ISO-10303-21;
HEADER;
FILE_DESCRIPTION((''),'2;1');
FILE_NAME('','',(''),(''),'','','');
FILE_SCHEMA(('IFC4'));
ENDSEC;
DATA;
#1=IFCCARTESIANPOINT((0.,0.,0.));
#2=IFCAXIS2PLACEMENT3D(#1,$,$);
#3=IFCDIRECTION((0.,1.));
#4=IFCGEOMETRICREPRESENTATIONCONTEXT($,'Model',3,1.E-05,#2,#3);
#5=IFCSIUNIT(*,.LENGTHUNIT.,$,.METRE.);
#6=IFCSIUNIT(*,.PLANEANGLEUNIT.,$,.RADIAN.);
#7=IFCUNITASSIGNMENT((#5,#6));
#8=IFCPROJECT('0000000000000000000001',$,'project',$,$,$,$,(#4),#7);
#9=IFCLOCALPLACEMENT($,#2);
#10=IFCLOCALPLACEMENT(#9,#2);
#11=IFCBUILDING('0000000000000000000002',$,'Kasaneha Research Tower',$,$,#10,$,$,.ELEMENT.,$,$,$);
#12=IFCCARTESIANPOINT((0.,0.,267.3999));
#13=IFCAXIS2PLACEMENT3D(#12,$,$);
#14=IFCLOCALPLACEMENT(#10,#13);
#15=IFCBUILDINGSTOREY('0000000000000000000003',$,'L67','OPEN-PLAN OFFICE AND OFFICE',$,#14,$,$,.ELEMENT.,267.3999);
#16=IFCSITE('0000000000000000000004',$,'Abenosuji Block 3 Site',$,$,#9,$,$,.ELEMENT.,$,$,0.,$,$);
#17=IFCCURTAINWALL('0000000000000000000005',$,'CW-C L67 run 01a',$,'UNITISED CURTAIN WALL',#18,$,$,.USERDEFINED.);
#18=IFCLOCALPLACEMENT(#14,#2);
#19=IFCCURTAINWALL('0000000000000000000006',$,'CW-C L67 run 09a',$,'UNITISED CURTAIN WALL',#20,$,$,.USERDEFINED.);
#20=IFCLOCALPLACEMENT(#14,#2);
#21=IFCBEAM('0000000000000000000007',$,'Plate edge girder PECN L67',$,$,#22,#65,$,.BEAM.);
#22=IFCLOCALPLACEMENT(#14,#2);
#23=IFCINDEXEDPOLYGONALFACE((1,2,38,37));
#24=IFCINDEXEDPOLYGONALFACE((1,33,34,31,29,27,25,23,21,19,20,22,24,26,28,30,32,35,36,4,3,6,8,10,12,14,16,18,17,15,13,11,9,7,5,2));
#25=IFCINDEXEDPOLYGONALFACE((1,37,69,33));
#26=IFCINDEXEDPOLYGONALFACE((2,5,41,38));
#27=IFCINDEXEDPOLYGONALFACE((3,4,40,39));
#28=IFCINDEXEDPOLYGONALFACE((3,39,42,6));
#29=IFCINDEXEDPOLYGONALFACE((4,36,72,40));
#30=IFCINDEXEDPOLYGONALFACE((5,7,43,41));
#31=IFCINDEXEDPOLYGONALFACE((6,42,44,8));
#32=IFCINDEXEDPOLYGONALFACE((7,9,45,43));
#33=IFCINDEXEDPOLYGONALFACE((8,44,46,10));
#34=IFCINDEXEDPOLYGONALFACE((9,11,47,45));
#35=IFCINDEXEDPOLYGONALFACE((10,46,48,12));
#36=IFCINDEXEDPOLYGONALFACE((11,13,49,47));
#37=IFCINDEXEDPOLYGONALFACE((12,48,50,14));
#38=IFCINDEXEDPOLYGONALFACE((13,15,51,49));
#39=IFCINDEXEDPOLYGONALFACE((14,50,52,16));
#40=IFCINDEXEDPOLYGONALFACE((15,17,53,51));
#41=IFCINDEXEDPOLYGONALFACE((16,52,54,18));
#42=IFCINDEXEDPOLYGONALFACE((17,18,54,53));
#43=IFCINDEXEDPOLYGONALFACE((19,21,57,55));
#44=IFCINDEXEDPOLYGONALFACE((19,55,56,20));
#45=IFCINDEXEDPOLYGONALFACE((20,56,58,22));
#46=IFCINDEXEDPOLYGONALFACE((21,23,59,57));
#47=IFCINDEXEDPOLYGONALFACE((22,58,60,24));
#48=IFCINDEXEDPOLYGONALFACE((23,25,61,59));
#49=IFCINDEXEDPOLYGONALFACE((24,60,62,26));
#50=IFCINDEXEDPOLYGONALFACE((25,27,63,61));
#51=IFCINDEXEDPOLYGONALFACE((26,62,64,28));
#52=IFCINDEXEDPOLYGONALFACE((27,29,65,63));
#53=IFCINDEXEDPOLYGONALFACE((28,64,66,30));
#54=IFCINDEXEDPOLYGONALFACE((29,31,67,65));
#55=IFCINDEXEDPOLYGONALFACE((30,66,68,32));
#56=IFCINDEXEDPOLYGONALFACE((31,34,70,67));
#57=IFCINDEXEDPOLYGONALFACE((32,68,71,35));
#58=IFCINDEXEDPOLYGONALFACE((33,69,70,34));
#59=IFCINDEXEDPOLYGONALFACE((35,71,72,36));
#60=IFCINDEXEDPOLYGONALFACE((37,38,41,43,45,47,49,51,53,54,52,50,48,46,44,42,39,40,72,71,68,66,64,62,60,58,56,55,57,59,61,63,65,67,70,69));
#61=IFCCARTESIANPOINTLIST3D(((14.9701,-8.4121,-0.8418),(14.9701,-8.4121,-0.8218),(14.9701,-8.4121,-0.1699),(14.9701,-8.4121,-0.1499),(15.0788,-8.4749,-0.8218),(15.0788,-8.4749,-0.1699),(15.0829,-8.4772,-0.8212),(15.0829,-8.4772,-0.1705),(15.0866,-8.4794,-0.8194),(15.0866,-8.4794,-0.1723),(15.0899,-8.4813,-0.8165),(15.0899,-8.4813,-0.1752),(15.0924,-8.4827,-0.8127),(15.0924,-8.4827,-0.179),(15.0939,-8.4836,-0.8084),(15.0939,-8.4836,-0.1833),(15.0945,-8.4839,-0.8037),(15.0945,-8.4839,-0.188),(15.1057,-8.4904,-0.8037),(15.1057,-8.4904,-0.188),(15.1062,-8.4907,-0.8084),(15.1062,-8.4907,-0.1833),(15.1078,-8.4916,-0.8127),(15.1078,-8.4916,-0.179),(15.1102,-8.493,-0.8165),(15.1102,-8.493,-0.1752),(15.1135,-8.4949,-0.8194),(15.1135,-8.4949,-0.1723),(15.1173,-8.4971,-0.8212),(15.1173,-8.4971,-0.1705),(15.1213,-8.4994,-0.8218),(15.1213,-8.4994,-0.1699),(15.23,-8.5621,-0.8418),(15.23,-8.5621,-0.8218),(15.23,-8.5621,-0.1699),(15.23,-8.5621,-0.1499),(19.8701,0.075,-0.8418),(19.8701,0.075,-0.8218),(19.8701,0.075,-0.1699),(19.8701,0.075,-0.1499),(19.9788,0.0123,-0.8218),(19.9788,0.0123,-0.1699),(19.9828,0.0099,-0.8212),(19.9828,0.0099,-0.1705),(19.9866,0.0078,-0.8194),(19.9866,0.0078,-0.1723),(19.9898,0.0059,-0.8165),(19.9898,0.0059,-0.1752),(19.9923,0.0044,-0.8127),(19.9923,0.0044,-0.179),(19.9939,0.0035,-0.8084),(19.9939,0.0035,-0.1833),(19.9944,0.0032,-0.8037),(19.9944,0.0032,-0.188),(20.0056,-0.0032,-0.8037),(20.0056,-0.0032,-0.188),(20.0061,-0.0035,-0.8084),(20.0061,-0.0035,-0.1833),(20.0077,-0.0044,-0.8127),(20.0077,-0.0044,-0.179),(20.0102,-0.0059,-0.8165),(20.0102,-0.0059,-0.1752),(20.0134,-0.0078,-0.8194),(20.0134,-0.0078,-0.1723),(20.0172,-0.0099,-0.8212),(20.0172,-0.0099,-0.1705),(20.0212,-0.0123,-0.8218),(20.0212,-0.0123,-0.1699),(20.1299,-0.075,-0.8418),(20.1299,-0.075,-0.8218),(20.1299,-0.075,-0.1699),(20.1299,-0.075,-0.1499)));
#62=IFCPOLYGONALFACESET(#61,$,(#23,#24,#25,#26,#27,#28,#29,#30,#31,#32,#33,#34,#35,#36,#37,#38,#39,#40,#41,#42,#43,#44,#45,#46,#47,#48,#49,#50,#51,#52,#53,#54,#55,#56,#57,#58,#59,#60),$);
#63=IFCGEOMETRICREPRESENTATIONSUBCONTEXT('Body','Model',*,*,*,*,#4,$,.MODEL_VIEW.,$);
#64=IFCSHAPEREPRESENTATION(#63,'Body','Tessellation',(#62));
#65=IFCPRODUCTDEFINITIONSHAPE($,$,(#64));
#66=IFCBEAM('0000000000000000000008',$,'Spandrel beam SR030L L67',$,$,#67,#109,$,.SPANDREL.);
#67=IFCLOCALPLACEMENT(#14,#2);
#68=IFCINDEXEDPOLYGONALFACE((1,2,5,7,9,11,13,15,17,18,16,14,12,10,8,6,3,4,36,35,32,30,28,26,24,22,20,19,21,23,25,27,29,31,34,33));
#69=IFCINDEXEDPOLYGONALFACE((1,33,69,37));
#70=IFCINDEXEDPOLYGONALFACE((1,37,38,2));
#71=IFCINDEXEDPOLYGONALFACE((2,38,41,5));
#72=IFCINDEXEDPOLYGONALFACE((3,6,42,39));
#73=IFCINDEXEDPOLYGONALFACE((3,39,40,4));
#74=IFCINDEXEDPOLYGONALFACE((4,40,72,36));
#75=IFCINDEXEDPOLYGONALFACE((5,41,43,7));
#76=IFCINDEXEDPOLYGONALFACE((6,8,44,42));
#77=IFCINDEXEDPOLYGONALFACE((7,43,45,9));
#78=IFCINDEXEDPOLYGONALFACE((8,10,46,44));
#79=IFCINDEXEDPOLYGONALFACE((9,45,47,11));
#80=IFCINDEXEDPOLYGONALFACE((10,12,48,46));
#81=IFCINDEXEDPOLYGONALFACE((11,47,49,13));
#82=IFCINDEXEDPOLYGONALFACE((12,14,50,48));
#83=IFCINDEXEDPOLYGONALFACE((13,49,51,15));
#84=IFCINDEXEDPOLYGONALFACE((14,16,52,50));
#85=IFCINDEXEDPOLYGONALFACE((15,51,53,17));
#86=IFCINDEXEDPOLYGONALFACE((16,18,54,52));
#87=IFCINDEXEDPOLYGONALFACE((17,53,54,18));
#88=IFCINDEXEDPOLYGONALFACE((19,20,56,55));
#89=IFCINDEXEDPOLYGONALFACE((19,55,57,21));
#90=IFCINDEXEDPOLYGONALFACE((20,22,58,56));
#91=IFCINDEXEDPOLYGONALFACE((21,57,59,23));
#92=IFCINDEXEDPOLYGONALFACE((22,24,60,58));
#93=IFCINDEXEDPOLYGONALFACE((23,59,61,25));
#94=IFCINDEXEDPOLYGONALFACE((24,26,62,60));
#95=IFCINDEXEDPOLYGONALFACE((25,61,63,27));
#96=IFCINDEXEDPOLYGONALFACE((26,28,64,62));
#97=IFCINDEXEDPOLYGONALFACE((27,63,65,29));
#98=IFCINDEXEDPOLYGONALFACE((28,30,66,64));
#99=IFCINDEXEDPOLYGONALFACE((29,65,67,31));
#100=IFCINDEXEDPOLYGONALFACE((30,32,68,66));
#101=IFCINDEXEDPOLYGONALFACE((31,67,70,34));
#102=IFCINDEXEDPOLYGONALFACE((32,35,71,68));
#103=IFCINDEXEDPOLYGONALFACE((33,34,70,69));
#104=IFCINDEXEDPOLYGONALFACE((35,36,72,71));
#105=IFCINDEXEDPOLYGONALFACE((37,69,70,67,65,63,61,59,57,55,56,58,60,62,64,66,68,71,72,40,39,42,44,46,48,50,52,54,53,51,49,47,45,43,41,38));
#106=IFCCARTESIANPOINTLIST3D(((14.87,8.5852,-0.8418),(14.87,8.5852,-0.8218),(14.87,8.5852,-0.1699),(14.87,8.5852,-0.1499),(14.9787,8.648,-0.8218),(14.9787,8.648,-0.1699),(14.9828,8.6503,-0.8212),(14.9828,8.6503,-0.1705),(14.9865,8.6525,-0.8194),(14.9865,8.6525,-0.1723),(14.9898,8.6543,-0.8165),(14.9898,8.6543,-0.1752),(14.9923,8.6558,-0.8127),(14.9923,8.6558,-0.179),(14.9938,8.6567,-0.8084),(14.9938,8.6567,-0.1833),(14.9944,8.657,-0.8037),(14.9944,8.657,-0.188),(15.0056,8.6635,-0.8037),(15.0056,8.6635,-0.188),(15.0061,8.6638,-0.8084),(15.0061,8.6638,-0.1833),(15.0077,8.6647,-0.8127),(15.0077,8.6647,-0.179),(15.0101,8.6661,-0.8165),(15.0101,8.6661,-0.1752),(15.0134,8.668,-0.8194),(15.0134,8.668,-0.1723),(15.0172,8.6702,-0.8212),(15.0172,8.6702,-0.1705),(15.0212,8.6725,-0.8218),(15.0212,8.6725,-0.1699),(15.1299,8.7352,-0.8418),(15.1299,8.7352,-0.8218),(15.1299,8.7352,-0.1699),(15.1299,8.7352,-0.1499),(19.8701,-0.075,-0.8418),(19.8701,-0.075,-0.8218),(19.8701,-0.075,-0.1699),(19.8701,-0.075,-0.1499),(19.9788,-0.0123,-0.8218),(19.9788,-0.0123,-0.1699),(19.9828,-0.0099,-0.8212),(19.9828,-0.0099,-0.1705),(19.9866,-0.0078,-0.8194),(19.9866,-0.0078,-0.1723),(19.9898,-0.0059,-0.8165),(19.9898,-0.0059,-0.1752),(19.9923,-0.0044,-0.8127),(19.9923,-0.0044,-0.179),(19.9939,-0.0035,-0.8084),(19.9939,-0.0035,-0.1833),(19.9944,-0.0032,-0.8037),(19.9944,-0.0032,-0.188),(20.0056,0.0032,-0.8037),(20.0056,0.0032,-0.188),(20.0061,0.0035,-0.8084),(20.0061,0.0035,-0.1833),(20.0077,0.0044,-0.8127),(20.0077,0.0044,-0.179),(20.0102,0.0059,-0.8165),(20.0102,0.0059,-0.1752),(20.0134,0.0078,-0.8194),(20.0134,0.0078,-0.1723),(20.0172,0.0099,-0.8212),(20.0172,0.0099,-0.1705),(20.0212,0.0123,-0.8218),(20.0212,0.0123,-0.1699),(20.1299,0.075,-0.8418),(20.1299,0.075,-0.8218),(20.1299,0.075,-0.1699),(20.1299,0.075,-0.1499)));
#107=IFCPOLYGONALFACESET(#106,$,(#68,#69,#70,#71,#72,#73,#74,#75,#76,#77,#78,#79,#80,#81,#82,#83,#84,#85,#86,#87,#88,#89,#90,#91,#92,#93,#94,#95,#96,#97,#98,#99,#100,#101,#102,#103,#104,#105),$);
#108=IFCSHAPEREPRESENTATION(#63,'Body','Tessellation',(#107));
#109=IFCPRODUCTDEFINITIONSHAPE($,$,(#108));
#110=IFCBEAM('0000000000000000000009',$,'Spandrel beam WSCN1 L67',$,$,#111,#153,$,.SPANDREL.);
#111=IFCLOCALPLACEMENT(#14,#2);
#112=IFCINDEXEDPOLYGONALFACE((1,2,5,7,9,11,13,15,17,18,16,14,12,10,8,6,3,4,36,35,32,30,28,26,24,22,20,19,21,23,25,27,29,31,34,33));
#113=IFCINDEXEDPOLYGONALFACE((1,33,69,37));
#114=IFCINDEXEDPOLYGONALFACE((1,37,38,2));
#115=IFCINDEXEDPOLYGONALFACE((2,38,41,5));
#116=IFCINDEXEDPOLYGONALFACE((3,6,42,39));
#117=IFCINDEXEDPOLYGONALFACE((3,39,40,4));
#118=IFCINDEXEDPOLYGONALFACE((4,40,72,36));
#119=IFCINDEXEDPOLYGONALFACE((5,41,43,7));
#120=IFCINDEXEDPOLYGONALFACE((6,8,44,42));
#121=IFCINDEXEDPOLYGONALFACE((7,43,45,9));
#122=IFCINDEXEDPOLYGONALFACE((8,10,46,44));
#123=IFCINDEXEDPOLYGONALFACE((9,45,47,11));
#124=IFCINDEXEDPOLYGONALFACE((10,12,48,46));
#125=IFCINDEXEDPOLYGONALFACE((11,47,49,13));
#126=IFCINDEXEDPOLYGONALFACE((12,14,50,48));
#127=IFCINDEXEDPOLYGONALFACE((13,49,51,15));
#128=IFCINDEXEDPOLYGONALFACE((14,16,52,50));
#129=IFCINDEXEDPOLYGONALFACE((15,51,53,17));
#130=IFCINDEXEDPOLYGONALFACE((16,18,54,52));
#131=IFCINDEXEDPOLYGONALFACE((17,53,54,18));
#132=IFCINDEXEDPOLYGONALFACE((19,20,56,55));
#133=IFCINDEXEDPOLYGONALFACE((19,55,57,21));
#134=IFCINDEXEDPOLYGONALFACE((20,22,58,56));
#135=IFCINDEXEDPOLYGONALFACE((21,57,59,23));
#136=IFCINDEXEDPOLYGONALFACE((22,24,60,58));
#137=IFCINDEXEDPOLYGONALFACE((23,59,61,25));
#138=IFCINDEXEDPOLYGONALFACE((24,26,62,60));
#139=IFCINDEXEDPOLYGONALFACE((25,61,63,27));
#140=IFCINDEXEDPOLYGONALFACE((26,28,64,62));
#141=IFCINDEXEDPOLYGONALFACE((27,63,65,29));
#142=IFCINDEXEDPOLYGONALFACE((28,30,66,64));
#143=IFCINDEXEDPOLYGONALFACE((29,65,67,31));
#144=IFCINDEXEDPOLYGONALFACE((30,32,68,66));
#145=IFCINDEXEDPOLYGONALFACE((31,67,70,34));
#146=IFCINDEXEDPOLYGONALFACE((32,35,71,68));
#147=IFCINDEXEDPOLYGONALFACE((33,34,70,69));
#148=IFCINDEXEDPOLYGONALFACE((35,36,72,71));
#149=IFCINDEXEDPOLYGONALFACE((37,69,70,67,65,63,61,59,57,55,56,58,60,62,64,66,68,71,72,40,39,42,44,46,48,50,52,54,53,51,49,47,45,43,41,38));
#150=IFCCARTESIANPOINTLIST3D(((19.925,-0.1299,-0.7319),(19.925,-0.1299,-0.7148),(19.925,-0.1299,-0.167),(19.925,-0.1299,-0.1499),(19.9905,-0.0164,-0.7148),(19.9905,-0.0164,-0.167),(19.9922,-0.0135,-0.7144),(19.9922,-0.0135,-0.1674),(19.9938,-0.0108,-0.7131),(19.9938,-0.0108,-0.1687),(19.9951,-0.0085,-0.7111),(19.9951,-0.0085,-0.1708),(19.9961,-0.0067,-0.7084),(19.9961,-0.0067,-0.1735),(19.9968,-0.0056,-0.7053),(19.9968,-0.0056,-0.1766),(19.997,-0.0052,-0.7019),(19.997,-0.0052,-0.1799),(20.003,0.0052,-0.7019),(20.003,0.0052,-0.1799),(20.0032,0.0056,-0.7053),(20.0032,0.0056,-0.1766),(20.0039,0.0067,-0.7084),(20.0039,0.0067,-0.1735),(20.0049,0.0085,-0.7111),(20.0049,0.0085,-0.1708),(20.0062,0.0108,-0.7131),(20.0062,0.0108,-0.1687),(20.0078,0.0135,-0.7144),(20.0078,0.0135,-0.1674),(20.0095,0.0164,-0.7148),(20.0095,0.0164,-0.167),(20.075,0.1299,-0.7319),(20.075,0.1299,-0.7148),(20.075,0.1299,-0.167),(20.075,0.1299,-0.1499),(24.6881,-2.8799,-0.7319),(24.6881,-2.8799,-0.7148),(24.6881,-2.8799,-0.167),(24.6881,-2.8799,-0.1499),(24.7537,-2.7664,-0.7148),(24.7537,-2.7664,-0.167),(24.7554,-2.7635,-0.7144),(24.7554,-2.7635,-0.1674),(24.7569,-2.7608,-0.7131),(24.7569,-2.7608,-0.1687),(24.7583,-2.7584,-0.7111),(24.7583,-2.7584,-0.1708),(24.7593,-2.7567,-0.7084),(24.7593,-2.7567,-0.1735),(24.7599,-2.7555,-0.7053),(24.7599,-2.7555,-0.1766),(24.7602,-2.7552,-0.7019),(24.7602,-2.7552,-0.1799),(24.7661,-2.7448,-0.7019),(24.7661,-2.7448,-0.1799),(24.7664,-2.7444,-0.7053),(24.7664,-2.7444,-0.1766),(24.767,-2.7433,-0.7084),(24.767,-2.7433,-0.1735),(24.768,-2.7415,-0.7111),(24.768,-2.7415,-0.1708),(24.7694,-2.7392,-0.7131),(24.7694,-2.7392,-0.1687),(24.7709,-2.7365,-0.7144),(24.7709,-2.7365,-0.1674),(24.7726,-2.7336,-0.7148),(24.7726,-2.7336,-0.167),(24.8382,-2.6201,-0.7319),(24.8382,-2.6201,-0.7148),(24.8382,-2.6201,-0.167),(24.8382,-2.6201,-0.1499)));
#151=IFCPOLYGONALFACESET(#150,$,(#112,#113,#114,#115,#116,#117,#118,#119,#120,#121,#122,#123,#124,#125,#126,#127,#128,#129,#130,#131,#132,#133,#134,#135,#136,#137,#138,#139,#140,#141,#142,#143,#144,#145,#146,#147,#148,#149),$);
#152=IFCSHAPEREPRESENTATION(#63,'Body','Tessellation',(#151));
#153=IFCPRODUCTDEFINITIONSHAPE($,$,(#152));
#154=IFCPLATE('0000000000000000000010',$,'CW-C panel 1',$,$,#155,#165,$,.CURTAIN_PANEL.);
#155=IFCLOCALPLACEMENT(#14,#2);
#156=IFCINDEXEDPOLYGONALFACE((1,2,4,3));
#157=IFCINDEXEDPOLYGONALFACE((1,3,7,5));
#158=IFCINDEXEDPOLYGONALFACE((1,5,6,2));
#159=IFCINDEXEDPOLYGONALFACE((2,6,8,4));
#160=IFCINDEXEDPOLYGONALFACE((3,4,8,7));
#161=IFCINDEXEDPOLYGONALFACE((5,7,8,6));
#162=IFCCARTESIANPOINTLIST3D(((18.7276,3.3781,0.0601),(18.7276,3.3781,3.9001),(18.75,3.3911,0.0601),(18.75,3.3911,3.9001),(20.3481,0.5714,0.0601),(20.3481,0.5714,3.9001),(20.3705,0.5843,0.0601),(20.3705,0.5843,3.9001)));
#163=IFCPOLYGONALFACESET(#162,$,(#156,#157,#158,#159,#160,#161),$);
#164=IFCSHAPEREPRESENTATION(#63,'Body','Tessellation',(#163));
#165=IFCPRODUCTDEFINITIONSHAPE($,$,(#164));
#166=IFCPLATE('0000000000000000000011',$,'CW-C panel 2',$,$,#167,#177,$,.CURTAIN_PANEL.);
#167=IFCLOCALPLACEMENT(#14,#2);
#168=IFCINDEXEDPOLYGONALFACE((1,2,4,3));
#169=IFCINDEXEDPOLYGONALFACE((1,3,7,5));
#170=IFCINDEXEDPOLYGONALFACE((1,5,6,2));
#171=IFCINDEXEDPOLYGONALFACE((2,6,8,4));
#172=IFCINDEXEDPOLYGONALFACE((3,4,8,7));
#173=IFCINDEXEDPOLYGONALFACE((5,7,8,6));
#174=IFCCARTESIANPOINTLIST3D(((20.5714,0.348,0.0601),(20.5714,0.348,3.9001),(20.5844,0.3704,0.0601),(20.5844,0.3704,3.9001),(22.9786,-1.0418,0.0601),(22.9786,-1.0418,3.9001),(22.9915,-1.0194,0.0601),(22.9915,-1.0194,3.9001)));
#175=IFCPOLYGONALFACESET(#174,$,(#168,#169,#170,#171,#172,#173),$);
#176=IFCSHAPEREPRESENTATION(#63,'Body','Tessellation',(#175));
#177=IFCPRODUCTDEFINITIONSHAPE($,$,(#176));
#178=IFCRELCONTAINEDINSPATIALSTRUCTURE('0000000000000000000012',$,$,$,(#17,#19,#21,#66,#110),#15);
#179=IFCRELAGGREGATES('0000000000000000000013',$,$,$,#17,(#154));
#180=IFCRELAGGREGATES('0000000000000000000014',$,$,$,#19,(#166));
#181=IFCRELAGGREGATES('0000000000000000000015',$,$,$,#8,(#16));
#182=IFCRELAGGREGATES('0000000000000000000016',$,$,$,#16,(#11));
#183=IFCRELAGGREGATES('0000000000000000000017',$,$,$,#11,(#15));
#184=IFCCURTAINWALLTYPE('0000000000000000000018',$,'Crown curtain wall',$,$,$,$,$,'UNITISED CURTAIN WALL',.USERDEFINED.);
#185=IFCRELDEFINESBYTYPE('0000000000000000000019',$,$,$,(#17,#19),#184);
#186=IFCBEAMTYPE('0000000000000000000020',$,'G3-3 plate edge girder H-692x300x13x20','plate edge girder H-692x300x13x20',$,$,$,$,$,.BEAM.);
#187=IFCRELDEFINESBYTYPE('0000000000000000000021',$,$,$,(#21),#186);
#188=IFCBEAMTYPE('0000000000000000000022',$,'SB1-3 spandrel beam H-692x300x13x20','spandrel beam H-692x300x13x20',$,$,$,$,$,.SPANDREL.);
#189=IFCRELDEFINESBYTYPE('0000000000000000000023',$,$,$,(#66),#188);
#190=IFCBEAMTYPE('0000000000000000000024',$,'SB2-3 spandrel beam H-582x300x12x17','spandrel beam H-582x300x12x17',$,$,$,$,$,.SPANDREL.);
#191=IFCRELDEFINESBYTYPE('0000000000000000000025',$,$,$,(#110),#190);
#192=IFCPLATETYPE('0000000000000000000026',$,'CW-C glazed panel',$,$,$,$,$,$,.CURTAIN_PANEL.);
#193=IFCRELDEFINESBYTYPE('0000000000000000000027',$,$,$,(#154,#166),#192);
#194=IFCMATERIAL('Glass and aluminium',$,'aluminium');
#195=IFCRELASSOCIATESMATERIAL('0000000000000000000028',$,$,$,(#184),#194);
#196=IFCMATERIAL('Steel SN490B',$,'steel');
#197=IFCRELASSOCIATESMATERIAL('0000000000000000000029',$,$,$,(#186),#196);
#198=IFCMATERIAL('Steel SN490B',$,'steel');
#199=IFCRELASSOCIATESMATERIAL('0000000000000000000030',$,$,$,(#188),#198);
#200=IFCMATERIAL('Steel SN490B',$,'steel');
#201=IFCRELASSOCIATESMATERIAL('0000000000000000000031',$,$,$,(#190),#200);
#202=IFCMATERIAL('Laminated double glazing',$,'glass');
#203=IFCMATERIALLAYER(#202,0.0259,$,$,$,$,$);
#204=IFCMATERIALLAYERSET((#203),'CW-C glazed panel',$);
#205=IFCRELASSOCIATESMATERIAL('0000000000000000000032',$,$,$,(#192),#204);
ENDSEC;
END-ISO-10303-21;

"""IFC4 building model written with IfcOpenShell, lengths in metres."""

from ifc_helpers import new_model, si_unit, direction, frame, origin, origin_2d, place, context, subcontext, project, spatial, rectangle, i_section, extrude, material, layer, layer_set, material_profile, profile_set, type_object, element, aggregate, save


model = new_model("IFC4")

# Units and contexts
model_context = context("Model", 3, precision=1e-05, world=origin(), true_north=direction((0.0, 1.0)))
body_context = subcontext(model_context, "Body", "Model", "MODEL_VIEW")
ifc_project = project(units=[si_unit("LENGTHUNIT", "METRE"), si_unit("PLANEANGLEUNIT", "RADIAN")], contexts=[model_context])

# Site, building, storey
site_placement = place(None, origin())
site = spatial("IfcSite", under=ifc_project, at=site_placement, Name="Abenosuji Block 3 Site", CompositionType="ELEMENT", RefElevation=0.0)
building_placement = place(site_placement, origin())
building = spatial("IfcBuilding", under=site, at=building_placement, Name="Kasaneha Research Tower", CompositionType="ELEMENT")
storey_placement = place(building_placement, frame((0.0, 0.0, 267.3999)))
storey = spatial("IfcBuildingStorey", under=building, at=storey_placement, Name="L67", Description="OPEN-PLAN OFFICE AND OFFICE", CompositionType="ELEMENT", Elevation=267.3999)

# Curtain wall
ifc_material_1 = material(Name="Glass and aluminium", Category="aluminium")
curtain_wall_type = type_object("IfcCurtainWallType", Name="Crown curtain wall", ElementType="UNITISED CURTAIN WALL", PredefinedType="USERDEFINED", material=ifc_material_1)
curtain_wall_1_placement = place(storey_placement, origin())
curtain_wall_1 = element("IfcCurtainWall", 1, at=curtain_wall_1_placement, inside=storey, type_object=curtain_wall_type, Name="CW-C L67 run 01a", ObjectType="UNITISED CURTAIN WALL", PredefinedType="USERDEFINED")

# Curtain wall
curtain_wall_2_placement = place(storey_placement, origin())
curtain_wall_2 = element("IfcCurtainWall", 2, at=curtain_wall_2_placement, inside=storey, type_object=curtain_wall_type, Name="CW-C L67 run 09a", ObjectType="UNITISED CURTAIN WALL", PredefinedType="USERDEFINED")

# Beams
ifc_material_2 = material(Name="Steel SN490B", Category="steel")
ifc_material_profile_1 = material_profile(ifc_material_2, i_section(OverallWidth=0.3, OverallDepth=0.6919, WebThickness=0.0129, FlangeThickness=0.02, FilletRadius=0.0181, at=origin_2d()), Name="H-692x300x13x20")
ifc_profile_set_1 = profile_set([ifc_material_profile_1], Name="Steel SN490B")
beam_type_1 = type_object("IfcBeamType", Name="G3-3 plate edge girder H-692x300x13x20", Description="plate edge girder H-692x300x13x20", PredefinedType="BEAM", material=ifc_profile_set_1)
beam_1_placement = place(storey_placement, frame((20.0, 0.0, -0.4958), z_axis=(-0.499992, -0.86603, 0.0), x_axis=(0.86603, -0.499992, 0.0)))
element("IfcBeam", 3, at=beam_1_placement, inside=storey, type_object=beam_type_1, Name="Plate edge girder PECN L67", PredefinedType="BEAM", context=body_context, shape_type="SweptSolid", body=[
    extrude(i_section(OverallWidth=0.3, OverallDepth=0.6919, WebThickness=0.0129, FlangeThickness=0.02, FilletRadius=0.0181, at=origin_2d()), origin(), (0.0, 0.0, 1.0), 9.8),
])
ifc_material_3 = material(Name="Steel SN490B", Category="steel")
ifc_material_profile_2 = material_profile(ifc_material_3, i_section(OverallWidth=0.3, OverallDepth=0.6919, WebThickness=0.0129, FlangeThickness=0.02, FilletRadius=0.0181, at=origin_2d()), Name="H-692x300x13x20")
ifc_profile_set_2 = profile_set([ifc_material_profile_2], Name="Steel SN490B")
beam_type_2 = type_object("IfcBeamType", Name="SB1-3 spandrel beam H-692x300x13x20", Description="spandrel beam H-692x300x13x20", PredefinedType="SPANDREL", material=ifc_profile_set_2)
beam_2_placement = place(storey_placement, frame((20.0, 0.0, -0.4958), z_axis=(-0.500004, 0.866023, 0.0), x_axis=(-0.866023, -0.500004, 0.0)))
element("IfcBeam", 4, at=beam_2_placement, inside=storey, type_object=beam_type_2, Name="Spandrel beam SR030L L67", PredefinedType="SPANDREL", context=body_context, shape_type="SweptSolid", body=[
    extrude(i_section(OverallWidth=0.3, OverallDepth=0.6919, WebThickness=0.0129, FlangeThickness=0.02, FilletRadius=0.0181, at=origin_2d()), origin(), (0.0, 0.0, 1.0), 10.0),
])
ifc_material_4 = material(Name="Steel SN490B", Category="steel")
ifc_material_profile_3 = material_profile(ifc_material_4, i_section(OverallWidth=0.3, OverallDepth=0.582, WebThickness=0.012, FlangeThickness=0.0171, FilletRadius=0.0129, at=origin_2d()), Name="H-582x300x12x17")
ifc_profile_set_3 = profile_set([ifc_material_profile_3], Name="Steel SN490B")
beam_type_3 = type_object("IfcBeamType", Name="SB2-3 spandrel beam H-582x300x12x17", Description="spandrel beam H-582x300x12x17", PredefinedType="SPANDREL", material=ifc_profile_set_3)
beam_3_placement = place(storey_placement, frame((20.0, 0.0, -0.4409), z_axis=(0.866027, -0.499997, 0.0), x_axis=(0.499997, 0.866027, 0.0)))
element("IfcBeam", 5, at=beam_3_placement, inside=storey, type_object=beam_type_3, Name="Spandrel beam WSCN1 L67", PredefinedType="SPANDREL", context=body_context, shape_type="SweptSolid", body=[
    extrude(i_section(OverallWidth=0.3, OverallDepth=0.582, WebThickness=0.012, FlangeThickness=0.0171, FilletRadius=0.0129, at=origin_2d()), origin(), (0.0, 0.0, 1.0), 5.5),
])

# Plates
ifc_material_5 = material(Name="Laminated double glazing", Category="glass")
ifc_layer_1 = layer(ifc_material_5, 0.0259)
ifc_layer_set_1 = layer_set([ifc_layer_1], Name="CW-C glazed panel")
plate_type = type_object("IfcPlateType", Name="CW-C glazed panel", PredefinedType="CURTAIN_PANEL", material=ifc_layer_set_1)
plate_1_placement = place(storey_placement, frame((19.5491, 1.9812, 0.0601), z_axis=(0.0, 0.0, 1.0), x_axis=(-0.5, 0.866025, 0.0)))
plate_1 = element("IfcPlate", 6, at=plate_1_placement, type_object=plate_type, Name="CW-C panel 1", PredefinedType="CURTAIN_PANEL", context=body_context, shape_type="SweptSolid", body=[
    extrude(rectangle(XDim=3.241, YDim=0.0259, at=origin_2d()), origin(), (0.0, 0.0, 1.0), 3.8401),
])
aggregate(curtain_wall_1, [plate_1])
plate_2_placement = place(storey_placement, frame((21.7815, -0.3357, 0.0601), z_axis=(0.0, 0.0, 1.0), x_axis=(-0.866025, 0.5, 0.0)))
plate_2 = element("IfcPlate", 7, at=plate_2_placement, type_object=plate_type, Name="CW-C panel 2", PredefinedType="CURTAIN_PANEL", context=body_context, shape_type="SweptSolid", body=[
    extrude(rectangle(XDim=2.7795, YDim=0.0259, at=origin_2d()), origin(), (0.0, 0.0, 1.0), 3.8401),
])
aggregate(curtain_wall_2, [plate_2])

save(model, "model.ifc")
